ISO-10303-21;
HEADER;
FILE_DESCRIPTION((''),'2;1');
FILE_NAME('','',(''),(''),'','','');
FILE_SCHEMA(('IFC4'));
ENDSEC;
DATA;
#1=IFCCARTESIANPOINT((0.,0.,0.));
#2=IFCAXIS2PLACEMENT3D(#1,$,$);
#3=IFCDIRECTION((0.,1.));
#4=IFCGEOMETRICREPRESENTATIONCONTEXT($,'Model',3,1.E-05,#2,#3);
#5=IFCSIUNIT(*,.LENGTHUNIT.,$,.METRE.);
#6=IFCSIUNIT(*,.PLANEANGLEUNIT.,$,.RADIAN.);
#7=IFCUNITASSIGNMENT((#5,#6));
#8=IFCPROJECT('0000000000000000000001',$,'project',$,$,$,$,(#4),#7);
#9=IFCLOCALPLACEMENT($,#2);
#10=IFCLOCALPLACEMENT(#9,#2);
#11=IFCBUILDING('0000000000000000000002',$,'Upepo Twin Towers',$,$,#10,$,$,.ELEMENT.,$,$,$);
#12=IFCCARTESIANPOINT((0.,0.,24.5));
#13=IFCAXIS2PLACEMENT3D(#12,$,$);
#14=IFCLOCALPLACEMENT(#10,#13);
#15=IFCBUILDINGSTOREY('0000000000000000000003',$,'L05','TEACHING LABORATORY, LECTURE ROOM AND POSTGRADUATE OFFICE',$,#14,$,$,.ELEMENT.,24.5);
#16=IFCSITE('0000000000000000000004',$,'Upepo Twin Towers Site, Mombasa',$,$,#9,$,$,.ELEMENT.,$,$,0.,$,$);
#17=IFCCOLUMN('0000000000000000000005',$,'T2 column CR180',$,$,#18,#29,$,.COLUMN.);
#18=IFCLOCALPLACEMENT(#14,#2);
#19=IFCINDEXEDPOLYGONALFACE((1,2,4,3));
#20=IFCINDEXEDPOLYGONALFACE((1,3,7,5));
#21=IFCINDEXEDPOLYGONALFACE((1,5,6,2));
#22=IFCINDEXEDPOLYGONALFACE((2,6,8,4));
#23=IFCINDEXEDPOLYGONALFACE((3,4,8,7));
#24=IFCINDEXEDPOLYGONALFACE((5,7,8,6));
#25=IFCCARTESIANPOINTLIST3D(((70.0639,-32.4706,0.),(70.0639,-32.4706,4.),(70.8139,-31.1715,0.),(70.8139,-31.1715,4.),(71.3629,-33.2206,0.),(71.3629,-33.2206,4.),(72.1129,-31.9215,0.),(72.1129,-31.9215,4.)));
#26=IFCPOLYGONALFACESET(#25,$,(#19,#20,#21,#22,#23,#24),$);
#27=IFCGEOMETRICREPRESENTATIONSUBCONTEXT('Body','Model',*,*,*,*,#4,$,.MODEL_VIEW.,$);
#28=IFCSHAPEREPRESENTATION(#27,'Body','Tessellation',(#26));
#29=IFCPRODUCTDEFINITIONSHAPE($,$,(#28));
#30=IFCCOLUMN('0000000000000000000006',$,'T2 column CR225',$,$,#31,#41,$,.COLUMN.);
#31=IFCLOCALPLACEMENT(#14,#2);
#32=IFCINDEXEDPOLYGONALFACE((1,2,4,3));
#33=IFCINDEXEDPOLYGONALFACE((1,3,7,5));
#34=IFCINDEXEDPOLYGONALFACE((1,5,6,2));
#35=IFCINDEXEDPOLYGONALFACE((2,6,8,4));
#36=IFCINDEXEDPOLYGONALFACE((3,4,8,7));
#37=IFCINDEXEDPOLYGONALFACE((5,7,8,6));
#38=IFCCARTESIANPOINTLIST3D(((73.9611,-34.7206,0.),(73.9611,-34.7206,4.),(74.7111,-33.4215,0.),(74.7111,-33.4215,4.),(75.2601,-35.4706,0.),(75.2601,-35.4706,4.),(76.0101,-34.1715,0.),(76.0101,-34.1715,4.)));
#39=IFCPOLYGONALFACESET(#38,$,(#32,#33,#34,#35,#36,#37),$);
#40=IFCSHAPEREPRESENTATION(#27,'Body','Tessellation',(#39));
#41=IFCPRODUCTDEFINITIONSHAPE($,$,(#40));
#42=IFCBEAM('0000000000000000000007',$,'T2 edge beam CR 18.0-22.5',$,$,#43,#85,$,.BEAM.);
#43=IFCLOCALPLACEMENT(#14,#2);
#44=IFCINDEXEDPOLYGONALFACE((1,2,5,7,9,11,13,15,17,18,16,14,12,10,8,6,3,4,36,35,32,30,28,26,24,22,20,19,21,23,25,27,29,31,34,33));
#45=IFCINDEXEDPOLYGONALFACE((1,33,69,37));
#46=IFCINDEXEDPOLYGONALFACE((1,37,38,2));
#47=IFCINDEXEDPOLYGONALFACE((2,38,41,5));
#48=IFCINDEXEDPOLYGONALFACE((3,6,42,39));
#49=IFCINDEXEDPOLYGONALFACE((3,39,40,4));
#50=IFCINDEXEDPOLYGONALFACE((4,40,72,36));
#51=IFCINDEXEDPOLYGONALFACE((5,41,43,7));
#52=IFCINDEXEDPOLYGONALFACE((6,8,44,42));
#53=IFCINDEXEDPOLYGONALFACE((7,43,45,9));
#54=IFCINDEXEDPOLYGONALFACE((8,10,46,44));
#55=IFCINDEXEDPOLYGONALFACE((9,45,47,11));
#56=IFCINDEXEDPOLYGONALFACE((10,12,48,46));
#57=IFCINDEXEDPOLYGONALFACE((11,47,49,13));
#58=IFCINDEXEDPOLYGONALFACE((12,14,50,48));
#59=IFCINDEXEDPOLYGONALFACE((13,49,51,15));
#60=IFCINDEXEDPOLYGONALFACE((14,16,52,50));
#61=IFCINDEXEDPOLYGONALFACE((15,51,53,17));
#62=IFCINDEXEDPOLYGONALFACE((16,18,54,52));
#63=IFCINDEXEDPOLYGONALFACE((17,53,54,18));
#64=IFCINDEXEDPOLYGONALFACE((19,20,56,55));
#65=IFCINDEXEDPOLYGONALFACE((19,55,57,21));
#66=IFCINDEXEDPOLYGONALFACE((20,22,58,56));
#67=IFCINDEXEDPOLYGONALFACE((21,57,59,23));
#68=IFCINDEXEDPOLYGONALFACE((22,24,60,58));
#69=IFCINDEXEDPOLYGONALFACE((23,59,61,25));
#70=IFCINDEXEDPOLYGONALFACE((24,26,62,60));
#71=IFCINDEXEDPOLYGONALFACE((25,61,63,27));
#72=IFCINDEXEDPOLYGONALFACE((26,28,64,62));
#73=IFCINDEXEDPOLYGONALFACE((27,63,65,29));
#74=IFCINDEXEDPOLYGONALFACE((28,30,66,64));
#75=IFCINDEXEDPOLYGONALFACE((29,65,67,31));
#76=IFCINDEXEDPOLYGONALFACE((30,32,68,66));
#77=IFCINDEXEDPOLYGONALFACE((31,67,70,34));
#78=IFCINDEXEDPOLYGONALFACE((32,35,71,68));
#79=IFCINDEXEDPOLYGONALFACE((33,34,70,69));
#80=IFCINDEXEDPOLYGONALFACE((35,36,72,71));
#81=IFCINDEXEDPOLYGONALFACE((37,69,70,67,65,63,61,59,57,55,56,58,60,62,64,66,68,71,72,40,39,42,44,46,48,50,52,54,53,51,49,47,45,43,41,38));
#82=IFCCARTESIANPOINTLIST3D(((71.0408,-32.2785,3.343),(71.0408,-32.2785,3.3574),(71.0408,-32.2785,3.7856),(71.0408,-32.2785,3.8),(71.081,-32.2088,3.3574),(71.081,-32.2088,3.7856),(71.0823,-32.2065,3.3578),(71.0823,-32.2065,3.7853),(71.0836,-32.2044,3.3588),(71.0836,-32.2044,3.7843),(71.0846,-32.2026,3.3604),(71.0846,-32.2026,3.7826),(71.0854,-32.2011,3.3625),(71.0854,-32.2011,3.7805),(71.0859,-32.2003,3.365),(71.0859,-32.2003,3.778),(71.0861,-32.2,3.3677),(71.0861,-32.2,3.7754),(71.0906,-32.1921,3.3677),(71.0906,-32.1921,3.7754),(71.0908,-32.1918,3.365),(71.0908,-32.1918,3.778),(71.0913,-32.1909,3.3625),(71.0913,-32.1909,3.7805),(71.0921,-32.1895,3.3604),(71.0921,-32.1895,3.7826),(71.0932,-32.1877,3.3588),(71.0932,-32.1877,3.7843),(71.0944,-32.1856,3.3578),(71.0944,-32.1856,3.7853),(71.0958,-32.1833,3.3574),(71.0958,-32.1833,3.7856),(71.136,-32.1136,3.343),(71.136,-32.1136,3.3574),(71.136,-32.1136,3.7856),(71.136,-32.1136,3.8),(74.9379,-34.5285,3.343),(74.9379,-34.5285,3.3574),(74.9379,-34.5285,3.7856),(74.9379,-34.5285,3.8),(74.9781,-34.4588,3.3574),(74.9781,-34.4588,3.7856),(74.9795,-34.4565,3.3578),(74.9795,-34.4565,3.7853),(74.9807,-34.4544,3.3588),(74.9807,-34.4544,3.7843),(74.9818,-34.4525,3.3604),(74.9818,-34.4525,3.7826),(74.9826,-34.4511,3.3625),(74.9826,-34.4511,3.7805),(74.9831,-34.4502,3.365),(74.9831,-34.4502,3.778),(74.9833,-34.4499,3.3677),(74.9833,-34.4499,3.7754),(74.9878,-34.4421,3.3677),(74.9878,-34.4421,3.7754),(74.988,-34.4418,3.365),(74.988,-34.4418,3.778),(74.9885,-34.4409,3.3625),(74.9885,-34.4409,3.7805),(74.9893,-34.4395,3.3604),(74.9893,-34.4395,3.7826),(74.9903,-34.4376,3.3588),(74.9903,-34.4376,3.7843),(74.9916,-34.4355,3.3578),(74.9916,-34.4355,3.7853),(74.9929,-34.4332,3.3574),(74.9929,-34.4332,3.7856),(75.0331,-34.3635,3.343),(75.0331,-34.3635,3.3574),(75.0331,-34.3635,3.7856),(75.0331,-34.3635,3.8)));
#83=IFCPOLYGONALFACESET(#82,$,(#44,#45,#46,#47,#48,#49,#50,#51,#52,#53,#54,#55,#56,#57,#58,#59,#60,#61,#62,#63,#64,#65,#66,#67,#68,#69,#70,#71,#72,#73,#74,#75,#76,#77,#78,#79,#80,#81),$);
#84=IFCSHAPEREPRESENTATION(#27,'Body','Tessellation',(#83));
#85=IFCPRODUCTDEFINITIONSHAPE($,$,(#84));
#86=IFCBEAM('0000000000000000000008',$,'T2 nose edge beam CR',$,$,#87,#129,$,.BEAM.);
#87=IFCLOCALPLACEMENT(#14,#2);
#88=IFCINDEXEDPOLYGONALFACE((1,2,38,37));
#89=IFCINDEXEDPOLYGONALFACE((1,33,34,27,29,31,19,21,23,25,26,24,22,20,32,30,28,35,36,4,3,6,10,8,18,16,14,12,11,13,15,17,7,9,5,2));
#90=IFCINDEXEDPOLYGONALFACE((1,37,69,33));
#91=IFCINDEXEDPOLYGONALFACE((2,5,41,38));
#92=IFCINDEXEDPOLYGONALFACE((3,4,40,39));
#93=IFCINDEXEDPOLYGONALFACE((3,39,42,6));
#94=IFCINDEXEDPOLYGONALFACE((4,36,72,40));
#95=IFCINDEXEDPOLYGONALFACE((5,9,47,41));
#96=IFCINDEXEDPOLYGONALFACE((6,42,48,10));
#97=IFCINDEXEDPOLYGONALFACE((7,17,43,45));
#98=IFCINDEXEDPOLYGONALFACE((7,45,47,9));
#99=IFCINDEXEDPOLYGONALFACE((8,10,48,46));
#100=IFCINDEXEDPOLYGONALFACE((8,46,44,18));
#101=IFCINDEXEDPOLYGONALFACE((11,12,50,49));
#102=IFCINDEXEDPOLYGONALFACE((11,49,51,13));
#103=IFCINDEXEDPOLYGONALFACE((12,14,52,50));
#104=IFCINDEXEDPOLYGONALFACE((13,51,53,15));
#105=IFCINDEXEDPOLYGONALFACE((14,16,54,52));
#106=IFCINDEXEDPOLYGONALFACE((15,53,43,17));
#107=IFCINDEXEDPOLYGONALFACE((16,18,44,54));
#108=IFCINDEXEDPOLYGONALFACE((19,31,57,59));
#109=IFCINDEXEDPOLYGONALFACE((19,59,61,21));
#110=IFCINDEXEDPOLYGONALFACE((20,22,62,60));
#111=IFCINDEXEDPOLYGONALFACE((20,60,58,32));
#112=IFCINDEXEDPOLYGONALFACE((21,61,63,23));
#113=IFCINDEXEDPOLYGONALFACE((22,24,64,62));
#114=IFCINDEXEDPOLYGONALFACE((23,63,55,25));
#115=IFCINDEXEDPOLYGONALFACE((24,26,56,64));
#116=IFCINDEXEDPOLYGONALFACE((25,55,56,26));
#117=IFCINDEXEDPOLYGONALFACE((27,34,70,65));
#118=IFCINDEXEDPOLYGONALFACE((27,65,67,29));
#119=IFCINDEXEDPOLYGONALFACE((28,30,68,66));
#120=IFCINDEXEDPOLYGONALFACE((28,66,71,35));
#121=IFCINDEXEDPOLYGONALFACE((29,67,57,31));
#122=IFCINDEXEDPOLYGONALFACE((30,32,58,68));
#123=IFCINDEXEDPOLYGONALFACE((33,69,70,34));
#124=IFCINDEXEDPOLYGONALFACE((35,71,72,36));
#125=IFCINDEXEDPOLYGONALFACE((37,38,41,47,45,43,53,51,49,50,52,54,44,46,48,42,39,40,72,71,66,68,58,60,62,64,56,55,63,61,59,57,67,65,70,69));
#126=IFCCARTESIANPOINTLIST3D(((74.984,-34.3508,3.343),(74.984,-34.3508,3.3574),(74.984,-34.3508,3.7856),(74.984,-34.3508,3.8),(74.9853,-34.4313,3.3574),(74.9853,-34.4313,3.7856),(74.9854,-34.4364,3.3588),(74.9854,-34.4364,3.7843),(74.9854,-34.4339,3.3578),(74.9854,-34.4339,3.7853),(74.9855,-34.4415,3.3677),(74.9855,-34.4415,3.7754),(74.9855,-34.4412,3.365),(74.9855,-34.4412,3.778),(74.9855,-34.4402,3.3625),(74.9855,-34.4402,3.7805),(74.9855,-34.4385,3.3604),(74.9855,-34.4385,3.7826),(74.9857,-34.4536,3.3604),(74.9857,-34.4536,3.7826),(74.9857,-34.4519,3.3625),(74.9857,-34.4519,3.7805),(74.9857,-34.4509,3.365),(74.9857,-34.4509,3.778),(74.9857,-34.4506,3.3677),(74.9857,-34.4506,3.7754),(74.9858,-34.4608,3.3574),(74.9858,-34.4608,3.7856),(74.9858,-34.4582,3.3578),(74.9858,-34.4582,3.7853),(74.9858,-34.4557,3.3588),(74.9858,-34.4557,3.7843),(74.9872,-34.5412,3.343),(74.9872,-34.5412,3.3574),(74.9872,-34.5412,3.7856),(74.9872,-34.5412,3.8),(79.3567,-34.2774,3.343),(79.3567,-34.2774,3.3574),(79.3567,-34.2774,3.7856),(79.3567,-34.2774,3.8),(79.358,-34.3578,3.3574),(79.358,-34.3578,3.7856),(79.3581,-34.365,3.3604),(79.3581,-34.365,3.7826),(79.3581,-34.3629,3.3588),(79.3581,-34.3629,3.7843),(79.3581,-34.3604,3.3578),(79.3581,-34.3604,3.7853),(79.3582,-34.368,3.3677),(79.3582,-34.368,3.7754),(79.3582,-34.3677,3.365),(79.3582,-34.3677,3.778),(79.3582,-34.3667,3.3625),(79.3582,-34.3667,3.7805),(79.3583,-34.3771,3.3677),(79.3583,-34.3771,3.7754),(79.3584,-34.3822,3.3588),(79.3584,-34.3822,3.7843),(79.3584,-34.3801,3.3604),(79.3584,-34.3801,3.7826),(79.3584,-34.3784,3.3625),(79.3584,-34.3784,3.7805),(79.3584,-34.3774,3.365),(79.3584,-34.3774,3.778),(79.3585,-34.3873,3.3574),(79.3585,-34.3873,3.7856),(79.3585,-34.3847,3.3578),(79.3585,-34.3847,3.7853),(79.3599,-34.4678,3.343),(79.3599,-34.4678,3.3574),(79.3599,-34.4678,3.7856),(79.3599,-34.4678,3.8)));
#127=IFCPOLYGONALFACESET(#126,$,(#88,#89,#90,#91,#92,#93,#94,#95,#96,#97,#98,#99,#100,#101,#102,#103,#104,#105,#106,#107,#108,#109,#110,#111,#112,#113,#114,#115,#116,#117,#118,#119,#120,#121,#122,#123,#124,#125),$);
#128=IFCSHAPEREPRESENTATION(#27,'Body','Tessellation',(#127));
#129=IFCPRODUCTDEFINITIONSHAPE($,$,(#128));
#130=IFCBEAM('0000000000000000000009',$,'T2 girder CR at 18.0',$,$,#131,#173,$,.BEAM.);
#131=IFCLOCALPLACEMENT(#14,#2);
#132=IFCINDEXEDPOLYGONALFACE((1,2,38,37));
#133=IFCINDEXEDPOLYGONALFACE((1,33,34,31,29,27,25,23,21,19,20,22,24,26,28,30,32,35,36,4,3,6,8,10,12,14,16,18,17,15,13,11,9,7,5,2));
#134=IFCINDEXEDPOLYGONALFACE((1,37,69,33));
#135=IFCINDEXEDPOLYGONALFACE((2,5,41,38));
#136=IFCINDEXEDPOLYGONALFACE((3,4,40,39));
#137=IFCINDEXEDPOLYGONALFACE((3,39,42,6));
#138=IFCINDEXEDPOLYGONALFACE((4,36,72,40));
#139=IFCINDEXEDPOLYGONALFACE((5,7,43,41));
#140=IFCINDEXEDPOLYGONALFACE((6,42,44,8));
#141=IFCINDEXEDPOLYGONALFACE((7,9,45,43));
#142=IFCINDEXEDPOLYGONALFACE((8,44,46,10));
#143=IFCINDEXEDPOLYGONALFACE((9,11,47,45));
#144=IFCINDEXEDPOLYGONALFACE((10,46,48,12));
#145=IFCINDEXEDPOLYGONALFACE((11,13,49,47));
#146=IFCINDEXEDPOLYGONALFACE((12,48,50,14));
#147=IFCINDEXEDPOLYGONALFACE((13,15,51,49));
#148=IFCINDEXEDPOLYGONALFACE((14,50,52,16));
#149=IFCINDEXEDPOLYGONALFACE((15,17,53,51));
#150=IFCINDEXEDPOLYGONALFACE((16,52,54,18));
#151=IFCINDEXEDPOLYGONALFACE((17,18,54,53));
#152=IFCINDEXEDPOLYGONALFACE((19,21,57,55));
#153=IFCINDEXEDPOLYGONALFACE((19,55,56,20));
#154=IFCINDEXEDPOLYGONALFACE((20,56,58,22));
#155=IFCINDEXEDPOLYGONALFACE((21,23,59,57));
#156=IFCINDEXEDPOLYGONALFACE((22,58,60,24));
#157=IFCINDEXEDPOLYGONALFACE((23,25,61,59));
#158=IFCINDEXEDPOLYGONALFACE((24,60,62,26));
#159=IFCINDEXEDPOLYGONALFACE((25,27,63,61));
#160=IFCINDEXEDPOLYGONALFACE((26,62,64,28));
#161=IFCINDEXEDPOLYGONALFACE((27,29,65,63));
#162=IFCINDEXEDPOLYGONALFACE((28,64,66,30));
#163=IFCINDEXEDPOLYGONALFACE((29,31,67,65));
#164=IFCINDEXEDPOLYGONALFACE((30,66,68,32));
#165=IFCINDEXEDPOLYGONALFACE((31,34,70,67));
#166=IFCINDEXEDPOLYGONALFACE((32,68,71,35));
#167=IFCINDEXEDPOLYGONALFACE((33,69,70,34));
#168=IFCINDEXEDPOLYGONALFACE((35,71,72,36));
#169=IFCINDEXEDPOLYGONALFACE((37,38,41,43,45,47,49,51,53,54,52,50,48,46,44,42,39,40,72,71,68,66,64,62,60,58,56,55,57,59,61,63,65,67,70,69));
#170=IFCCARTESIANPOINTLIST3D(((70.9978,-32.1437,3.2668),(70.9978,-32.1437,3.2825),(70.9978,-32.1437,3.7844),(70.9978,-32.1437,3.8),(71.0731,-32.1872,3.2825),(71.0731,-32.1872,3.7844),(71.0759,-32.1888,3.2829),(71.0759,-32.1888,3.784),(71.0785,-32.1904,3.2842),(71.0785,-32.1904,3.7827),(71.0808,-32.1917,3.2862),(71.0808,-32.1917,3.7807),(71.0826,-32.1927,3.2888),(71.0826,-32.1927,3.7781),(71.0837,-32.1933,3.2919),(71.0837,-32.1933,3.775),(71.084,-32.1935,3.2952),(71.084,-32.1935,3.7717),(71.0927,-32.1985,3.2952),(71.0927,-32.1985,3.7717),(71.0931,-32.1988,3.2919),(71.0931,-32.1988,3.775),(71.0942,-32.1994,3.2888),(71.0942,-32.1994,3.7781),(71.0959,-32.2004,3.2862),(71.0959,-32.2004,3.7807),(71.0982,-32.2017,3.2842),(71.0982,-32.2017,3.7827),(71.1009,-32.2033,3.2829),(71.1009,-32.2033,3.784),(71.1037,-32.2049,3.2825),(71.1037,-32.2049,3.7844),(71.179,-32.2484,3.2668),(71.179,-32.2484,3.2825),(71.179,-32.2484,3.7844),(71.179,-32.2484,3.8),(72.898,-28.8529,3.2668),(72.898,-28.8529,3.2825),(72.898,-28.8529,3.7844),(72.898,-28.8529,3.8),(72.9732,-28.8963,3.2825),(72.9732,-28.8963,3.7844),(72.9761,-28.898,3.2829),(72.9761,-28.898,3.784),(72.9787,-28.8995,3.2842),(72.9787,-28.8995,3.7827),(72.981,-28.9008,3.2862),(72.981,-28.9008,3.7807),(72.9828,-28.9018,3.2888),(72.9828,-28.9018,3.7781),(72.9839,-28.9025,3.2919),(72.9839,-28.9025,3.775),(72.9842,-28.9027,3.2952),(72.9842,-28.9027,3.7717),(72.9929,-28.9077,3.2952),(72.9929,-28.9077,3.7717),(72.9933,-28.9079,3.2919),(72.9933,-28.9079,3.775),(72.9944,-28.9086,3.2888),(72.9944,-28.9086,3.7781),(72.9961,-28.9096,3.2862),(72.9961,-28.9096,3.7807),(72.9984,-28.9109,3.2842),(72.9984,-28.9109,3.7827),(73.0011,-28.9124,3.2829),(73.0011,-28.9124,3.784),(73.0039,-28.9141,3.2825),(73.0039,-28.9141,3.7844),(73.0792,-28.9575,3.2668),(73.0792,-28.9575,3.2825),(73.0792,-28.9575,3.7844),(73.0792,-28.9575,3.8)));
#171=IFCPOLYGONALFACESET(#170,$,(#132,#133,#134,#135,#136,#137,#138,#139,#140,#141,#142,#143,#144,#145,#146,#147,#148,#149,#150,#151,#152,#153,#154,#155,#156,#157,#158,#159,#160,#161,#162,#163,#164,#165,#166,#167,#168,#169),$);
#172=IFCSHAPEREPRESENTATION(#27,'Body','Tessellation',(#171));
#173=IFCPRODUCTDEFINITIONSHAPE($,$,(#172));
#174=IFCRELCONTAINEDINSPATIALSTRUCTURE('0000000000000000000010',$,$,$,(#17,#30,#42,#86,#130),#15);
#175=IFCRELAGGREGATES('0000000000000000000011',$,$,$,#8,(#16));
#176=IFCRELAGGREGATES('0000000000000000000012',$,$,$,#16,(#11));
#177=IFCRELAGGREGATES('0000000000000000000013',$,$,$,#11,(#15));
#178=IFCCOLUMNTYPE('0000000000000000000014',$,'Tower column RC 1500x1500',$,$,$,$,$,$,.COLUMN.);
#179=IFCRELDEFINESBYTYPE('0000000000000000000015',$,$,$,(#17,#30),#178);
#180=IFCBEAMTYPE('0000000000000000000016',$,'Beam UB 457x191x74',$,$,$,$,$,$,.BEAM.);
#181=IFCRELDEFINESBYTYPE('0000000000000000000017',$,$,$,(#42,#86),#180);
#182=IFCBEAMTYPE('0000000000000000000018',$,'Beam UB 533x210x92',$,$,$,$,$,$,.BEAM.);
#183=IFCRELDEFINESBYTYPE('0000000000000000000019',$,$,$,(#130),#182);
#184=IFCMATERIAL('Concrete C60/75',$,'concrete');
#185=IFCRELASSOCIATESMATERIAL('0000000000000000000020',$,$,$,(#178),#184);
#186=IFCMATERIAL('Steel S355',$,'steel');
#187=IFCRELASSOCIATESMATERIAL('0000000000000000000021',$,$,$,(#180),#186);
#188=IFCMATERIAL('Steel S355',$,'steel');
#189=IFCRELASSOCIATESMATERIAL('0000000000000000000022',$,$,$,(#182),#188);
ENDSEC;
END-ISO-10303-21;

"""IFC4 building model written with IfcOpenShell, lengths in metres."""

from ifc_helpers import new_model, si_unit, direction, frame, origin, origin_2d, place, context, subcontext, project, spatial, rectangle, i_section, extrude, material, material_profile, profile_set, type_object, element, save


model = new_model("IFC4")

# Units and contexts
model_context = context("Model", 3, precision=1e-05, world=origin(), true_north=direction((0.0, 1.0)))
body_context = subcontext(model_context, "Body", "Model", "MODEL_VIEW")
ifc_project = project(units=[si_unit("LENGTHUNIT", "METRE"), si_unit("PLANEANGLEUNIT", "RADIAN")], contexts=[model_context])

# Site, building, storey
site_placement = place(None, origin())
site = spatial("IfcSite", under=ifc_project, at=site_placement, Name="Upepo Twin Towers Site, Mombasa", CompositionType="ELEMENT", RefElevation=0.0)
building_placement = place(site_placement, origin())
building = spatial("IfcBuilding", under=site, at=building_placement, Name="Upepo Twin Towers", CompositionType="ELEMENT")
storey_placement = place(building_placement, frame((0.0, 0.0, 24.5)))
storey = spatial("IfcBuildingStorey", under=building, at=storey_placement, Name="L05", Description="TEACHING LABORATORY, LECTURE ROOM AND POSTGRADUATE OFFICE", CompositionType="ELEMENT", Elevation=24.5)

# Columns
ifc_material_1 = material(Name="Concrete C60/75", Category="concrete")
ifc_material_profile_1 = material_profile(ifc_material_1, rectangle(XDim=1.5, YDim=1.5, at=origin_2d()), Name="RC 1500x1500")
ifc_profile_set_1 = profile_set([ifc_material_profile_1], Name="Concrete C60/75")
column_type = type_object("IfcColumnType", Name="Tower column RC 1500x1500", PredefinedType="COLUMN", material=ifc_profile_set_1)
for number, where, z_axis, x_axis, name in (
    (1, (71.0884, -32.196, 0.0), (0.0, 0.0, 1.0), (0.5, 0.866025, 0.0), "T2 column CR180"),
    (2, (74.9856, -34.446, 0.0), (0.0, 0.0, 1.0), (0.5, 0.866025, 0.0), "T2 column CR225"),
):
    element("IfcColumn", number, at=place(storey_placement, frame(where, z_axis=z_axis, x_axis=x_axis)), inside=storey, type_object=column_type, Name=name, PredefinedType="COLUMN", context=body_context, shape_type="SweptSolid", body=[
        extrude(rectangle(XDim=1.5, YDim=1.5, at=origin_2d()), origin(), (0.0, 0.0, 1.0), 4.0),
    ])

# Beams
ifc_material_2 = material(Name="Steel S355", Category="steel")
ifc_material_profile_2 = material_profile(ifc_material_2, i_section(OverallWidth=0.1904, OverallDepth=0.457, WebThickness=0.009, FlangeThickness=0.0144, FilletRadius=0.0103, at=origin_2d()), Name="UB 457x191x74")
ifc_profile_set_2 = profile_set([ifc_material_profile_2], Name="Steel S355")
beam_type_1 = type_object("IfcBeamType", Name="Beam UB 457x191x74", PredefinedType="BEAM", material=ifc_profile_set_2)
beam_1_placement = place(storey_placement, frame((71.0884, -32.196, 3.5715), z_axis=(0.866031, -0.49999, 0.0), x_axis=(0.49999, 0.866031, 0.0)))
element("IfcBeam", 3, at=beam_1_placement, inside=storey, type_object=beam_type_1, Name="T2 edge beam CR 18.0-22.5", PredefinedType="BEAM", context=body_context, shape_type="SweptSolid", body=[
    extrude(i_section(OverallWidth=0.1904, OverallDepth=0.457, WebThickness=0.009, FlangeThickness=0.0144, FilletRadius=0.0103, at=origin_2d()), origin(), (0.0, 0.0, 1.0), 4.5),
])
beam_2_placement = place(storey_placement, frame((74.9856, -34.446, 3.5715), z_axis=(0.999859, 0.016804, 0.0), x_axis=(-0.016804, 0.999859, 0.0)))
element("IfcBeam", 4, at=beam_2_placement, inside=storey, type_object=beam_type_1, Name="T2 nose edge beam CR", PredefinedType="BEAM", context=body_context, shape_type="SweptSolid", body=[
    extrude(i_section(OverallWidth=0.1904, OverallDepth=0.457, WebThickness=0.009, FlangeThickness=0.0144, FilletRadius=0.0103, at=origin_2d()), origin(), (0.0, 0.0, 1.0), 4.3733),
])
ifc_material_3 = material(Name="Steel S355", Category="steel")
ifc_material_profile_3 = material_profile(ifc_material_3, i_section(OverallWidth=0.2092, OverallDepth=0.5332, WebThickness=0.01, FlangeThickness=0.0156, FilletRadius=0.0127, at=origin_2d()), Name="UB 533x210x92")
ifc_profile_set_3 = profile_set([ifc_material_profile_3], Name="Steel S355")
beam_type_2 = type_object("IfcBeamType", Name="Beam UB 533x210x92", PredefinedType="BEAM", material=ifc_profile_set_3)
beam_3_placement = place(storey_placement, frame((71.0884, -32.196, 3.5334), z_axis=(0.500043, 0.866, 0.0), x_axis=(-0.866, 0.500043, 0.0)))
element("IfcBeam", 5, at=beam_3_placement, inside=storey, type_object=beam_type_2, Name="T2 girder CR at 18.0", PredefinedType="BEAM", context=body_context, shape_type="SweptSolid", body=[
    extrude(i_section(OverallWidth=0.2092, OverallDepth=0.5332, WebThickness=0.01, FlangeThickness=0.0156, FilletRadius=0.0127, at=origin_2d()), origin(), (0.0, 0.0, 1.0), 3.8),
])

save(model, "model.ifc")
